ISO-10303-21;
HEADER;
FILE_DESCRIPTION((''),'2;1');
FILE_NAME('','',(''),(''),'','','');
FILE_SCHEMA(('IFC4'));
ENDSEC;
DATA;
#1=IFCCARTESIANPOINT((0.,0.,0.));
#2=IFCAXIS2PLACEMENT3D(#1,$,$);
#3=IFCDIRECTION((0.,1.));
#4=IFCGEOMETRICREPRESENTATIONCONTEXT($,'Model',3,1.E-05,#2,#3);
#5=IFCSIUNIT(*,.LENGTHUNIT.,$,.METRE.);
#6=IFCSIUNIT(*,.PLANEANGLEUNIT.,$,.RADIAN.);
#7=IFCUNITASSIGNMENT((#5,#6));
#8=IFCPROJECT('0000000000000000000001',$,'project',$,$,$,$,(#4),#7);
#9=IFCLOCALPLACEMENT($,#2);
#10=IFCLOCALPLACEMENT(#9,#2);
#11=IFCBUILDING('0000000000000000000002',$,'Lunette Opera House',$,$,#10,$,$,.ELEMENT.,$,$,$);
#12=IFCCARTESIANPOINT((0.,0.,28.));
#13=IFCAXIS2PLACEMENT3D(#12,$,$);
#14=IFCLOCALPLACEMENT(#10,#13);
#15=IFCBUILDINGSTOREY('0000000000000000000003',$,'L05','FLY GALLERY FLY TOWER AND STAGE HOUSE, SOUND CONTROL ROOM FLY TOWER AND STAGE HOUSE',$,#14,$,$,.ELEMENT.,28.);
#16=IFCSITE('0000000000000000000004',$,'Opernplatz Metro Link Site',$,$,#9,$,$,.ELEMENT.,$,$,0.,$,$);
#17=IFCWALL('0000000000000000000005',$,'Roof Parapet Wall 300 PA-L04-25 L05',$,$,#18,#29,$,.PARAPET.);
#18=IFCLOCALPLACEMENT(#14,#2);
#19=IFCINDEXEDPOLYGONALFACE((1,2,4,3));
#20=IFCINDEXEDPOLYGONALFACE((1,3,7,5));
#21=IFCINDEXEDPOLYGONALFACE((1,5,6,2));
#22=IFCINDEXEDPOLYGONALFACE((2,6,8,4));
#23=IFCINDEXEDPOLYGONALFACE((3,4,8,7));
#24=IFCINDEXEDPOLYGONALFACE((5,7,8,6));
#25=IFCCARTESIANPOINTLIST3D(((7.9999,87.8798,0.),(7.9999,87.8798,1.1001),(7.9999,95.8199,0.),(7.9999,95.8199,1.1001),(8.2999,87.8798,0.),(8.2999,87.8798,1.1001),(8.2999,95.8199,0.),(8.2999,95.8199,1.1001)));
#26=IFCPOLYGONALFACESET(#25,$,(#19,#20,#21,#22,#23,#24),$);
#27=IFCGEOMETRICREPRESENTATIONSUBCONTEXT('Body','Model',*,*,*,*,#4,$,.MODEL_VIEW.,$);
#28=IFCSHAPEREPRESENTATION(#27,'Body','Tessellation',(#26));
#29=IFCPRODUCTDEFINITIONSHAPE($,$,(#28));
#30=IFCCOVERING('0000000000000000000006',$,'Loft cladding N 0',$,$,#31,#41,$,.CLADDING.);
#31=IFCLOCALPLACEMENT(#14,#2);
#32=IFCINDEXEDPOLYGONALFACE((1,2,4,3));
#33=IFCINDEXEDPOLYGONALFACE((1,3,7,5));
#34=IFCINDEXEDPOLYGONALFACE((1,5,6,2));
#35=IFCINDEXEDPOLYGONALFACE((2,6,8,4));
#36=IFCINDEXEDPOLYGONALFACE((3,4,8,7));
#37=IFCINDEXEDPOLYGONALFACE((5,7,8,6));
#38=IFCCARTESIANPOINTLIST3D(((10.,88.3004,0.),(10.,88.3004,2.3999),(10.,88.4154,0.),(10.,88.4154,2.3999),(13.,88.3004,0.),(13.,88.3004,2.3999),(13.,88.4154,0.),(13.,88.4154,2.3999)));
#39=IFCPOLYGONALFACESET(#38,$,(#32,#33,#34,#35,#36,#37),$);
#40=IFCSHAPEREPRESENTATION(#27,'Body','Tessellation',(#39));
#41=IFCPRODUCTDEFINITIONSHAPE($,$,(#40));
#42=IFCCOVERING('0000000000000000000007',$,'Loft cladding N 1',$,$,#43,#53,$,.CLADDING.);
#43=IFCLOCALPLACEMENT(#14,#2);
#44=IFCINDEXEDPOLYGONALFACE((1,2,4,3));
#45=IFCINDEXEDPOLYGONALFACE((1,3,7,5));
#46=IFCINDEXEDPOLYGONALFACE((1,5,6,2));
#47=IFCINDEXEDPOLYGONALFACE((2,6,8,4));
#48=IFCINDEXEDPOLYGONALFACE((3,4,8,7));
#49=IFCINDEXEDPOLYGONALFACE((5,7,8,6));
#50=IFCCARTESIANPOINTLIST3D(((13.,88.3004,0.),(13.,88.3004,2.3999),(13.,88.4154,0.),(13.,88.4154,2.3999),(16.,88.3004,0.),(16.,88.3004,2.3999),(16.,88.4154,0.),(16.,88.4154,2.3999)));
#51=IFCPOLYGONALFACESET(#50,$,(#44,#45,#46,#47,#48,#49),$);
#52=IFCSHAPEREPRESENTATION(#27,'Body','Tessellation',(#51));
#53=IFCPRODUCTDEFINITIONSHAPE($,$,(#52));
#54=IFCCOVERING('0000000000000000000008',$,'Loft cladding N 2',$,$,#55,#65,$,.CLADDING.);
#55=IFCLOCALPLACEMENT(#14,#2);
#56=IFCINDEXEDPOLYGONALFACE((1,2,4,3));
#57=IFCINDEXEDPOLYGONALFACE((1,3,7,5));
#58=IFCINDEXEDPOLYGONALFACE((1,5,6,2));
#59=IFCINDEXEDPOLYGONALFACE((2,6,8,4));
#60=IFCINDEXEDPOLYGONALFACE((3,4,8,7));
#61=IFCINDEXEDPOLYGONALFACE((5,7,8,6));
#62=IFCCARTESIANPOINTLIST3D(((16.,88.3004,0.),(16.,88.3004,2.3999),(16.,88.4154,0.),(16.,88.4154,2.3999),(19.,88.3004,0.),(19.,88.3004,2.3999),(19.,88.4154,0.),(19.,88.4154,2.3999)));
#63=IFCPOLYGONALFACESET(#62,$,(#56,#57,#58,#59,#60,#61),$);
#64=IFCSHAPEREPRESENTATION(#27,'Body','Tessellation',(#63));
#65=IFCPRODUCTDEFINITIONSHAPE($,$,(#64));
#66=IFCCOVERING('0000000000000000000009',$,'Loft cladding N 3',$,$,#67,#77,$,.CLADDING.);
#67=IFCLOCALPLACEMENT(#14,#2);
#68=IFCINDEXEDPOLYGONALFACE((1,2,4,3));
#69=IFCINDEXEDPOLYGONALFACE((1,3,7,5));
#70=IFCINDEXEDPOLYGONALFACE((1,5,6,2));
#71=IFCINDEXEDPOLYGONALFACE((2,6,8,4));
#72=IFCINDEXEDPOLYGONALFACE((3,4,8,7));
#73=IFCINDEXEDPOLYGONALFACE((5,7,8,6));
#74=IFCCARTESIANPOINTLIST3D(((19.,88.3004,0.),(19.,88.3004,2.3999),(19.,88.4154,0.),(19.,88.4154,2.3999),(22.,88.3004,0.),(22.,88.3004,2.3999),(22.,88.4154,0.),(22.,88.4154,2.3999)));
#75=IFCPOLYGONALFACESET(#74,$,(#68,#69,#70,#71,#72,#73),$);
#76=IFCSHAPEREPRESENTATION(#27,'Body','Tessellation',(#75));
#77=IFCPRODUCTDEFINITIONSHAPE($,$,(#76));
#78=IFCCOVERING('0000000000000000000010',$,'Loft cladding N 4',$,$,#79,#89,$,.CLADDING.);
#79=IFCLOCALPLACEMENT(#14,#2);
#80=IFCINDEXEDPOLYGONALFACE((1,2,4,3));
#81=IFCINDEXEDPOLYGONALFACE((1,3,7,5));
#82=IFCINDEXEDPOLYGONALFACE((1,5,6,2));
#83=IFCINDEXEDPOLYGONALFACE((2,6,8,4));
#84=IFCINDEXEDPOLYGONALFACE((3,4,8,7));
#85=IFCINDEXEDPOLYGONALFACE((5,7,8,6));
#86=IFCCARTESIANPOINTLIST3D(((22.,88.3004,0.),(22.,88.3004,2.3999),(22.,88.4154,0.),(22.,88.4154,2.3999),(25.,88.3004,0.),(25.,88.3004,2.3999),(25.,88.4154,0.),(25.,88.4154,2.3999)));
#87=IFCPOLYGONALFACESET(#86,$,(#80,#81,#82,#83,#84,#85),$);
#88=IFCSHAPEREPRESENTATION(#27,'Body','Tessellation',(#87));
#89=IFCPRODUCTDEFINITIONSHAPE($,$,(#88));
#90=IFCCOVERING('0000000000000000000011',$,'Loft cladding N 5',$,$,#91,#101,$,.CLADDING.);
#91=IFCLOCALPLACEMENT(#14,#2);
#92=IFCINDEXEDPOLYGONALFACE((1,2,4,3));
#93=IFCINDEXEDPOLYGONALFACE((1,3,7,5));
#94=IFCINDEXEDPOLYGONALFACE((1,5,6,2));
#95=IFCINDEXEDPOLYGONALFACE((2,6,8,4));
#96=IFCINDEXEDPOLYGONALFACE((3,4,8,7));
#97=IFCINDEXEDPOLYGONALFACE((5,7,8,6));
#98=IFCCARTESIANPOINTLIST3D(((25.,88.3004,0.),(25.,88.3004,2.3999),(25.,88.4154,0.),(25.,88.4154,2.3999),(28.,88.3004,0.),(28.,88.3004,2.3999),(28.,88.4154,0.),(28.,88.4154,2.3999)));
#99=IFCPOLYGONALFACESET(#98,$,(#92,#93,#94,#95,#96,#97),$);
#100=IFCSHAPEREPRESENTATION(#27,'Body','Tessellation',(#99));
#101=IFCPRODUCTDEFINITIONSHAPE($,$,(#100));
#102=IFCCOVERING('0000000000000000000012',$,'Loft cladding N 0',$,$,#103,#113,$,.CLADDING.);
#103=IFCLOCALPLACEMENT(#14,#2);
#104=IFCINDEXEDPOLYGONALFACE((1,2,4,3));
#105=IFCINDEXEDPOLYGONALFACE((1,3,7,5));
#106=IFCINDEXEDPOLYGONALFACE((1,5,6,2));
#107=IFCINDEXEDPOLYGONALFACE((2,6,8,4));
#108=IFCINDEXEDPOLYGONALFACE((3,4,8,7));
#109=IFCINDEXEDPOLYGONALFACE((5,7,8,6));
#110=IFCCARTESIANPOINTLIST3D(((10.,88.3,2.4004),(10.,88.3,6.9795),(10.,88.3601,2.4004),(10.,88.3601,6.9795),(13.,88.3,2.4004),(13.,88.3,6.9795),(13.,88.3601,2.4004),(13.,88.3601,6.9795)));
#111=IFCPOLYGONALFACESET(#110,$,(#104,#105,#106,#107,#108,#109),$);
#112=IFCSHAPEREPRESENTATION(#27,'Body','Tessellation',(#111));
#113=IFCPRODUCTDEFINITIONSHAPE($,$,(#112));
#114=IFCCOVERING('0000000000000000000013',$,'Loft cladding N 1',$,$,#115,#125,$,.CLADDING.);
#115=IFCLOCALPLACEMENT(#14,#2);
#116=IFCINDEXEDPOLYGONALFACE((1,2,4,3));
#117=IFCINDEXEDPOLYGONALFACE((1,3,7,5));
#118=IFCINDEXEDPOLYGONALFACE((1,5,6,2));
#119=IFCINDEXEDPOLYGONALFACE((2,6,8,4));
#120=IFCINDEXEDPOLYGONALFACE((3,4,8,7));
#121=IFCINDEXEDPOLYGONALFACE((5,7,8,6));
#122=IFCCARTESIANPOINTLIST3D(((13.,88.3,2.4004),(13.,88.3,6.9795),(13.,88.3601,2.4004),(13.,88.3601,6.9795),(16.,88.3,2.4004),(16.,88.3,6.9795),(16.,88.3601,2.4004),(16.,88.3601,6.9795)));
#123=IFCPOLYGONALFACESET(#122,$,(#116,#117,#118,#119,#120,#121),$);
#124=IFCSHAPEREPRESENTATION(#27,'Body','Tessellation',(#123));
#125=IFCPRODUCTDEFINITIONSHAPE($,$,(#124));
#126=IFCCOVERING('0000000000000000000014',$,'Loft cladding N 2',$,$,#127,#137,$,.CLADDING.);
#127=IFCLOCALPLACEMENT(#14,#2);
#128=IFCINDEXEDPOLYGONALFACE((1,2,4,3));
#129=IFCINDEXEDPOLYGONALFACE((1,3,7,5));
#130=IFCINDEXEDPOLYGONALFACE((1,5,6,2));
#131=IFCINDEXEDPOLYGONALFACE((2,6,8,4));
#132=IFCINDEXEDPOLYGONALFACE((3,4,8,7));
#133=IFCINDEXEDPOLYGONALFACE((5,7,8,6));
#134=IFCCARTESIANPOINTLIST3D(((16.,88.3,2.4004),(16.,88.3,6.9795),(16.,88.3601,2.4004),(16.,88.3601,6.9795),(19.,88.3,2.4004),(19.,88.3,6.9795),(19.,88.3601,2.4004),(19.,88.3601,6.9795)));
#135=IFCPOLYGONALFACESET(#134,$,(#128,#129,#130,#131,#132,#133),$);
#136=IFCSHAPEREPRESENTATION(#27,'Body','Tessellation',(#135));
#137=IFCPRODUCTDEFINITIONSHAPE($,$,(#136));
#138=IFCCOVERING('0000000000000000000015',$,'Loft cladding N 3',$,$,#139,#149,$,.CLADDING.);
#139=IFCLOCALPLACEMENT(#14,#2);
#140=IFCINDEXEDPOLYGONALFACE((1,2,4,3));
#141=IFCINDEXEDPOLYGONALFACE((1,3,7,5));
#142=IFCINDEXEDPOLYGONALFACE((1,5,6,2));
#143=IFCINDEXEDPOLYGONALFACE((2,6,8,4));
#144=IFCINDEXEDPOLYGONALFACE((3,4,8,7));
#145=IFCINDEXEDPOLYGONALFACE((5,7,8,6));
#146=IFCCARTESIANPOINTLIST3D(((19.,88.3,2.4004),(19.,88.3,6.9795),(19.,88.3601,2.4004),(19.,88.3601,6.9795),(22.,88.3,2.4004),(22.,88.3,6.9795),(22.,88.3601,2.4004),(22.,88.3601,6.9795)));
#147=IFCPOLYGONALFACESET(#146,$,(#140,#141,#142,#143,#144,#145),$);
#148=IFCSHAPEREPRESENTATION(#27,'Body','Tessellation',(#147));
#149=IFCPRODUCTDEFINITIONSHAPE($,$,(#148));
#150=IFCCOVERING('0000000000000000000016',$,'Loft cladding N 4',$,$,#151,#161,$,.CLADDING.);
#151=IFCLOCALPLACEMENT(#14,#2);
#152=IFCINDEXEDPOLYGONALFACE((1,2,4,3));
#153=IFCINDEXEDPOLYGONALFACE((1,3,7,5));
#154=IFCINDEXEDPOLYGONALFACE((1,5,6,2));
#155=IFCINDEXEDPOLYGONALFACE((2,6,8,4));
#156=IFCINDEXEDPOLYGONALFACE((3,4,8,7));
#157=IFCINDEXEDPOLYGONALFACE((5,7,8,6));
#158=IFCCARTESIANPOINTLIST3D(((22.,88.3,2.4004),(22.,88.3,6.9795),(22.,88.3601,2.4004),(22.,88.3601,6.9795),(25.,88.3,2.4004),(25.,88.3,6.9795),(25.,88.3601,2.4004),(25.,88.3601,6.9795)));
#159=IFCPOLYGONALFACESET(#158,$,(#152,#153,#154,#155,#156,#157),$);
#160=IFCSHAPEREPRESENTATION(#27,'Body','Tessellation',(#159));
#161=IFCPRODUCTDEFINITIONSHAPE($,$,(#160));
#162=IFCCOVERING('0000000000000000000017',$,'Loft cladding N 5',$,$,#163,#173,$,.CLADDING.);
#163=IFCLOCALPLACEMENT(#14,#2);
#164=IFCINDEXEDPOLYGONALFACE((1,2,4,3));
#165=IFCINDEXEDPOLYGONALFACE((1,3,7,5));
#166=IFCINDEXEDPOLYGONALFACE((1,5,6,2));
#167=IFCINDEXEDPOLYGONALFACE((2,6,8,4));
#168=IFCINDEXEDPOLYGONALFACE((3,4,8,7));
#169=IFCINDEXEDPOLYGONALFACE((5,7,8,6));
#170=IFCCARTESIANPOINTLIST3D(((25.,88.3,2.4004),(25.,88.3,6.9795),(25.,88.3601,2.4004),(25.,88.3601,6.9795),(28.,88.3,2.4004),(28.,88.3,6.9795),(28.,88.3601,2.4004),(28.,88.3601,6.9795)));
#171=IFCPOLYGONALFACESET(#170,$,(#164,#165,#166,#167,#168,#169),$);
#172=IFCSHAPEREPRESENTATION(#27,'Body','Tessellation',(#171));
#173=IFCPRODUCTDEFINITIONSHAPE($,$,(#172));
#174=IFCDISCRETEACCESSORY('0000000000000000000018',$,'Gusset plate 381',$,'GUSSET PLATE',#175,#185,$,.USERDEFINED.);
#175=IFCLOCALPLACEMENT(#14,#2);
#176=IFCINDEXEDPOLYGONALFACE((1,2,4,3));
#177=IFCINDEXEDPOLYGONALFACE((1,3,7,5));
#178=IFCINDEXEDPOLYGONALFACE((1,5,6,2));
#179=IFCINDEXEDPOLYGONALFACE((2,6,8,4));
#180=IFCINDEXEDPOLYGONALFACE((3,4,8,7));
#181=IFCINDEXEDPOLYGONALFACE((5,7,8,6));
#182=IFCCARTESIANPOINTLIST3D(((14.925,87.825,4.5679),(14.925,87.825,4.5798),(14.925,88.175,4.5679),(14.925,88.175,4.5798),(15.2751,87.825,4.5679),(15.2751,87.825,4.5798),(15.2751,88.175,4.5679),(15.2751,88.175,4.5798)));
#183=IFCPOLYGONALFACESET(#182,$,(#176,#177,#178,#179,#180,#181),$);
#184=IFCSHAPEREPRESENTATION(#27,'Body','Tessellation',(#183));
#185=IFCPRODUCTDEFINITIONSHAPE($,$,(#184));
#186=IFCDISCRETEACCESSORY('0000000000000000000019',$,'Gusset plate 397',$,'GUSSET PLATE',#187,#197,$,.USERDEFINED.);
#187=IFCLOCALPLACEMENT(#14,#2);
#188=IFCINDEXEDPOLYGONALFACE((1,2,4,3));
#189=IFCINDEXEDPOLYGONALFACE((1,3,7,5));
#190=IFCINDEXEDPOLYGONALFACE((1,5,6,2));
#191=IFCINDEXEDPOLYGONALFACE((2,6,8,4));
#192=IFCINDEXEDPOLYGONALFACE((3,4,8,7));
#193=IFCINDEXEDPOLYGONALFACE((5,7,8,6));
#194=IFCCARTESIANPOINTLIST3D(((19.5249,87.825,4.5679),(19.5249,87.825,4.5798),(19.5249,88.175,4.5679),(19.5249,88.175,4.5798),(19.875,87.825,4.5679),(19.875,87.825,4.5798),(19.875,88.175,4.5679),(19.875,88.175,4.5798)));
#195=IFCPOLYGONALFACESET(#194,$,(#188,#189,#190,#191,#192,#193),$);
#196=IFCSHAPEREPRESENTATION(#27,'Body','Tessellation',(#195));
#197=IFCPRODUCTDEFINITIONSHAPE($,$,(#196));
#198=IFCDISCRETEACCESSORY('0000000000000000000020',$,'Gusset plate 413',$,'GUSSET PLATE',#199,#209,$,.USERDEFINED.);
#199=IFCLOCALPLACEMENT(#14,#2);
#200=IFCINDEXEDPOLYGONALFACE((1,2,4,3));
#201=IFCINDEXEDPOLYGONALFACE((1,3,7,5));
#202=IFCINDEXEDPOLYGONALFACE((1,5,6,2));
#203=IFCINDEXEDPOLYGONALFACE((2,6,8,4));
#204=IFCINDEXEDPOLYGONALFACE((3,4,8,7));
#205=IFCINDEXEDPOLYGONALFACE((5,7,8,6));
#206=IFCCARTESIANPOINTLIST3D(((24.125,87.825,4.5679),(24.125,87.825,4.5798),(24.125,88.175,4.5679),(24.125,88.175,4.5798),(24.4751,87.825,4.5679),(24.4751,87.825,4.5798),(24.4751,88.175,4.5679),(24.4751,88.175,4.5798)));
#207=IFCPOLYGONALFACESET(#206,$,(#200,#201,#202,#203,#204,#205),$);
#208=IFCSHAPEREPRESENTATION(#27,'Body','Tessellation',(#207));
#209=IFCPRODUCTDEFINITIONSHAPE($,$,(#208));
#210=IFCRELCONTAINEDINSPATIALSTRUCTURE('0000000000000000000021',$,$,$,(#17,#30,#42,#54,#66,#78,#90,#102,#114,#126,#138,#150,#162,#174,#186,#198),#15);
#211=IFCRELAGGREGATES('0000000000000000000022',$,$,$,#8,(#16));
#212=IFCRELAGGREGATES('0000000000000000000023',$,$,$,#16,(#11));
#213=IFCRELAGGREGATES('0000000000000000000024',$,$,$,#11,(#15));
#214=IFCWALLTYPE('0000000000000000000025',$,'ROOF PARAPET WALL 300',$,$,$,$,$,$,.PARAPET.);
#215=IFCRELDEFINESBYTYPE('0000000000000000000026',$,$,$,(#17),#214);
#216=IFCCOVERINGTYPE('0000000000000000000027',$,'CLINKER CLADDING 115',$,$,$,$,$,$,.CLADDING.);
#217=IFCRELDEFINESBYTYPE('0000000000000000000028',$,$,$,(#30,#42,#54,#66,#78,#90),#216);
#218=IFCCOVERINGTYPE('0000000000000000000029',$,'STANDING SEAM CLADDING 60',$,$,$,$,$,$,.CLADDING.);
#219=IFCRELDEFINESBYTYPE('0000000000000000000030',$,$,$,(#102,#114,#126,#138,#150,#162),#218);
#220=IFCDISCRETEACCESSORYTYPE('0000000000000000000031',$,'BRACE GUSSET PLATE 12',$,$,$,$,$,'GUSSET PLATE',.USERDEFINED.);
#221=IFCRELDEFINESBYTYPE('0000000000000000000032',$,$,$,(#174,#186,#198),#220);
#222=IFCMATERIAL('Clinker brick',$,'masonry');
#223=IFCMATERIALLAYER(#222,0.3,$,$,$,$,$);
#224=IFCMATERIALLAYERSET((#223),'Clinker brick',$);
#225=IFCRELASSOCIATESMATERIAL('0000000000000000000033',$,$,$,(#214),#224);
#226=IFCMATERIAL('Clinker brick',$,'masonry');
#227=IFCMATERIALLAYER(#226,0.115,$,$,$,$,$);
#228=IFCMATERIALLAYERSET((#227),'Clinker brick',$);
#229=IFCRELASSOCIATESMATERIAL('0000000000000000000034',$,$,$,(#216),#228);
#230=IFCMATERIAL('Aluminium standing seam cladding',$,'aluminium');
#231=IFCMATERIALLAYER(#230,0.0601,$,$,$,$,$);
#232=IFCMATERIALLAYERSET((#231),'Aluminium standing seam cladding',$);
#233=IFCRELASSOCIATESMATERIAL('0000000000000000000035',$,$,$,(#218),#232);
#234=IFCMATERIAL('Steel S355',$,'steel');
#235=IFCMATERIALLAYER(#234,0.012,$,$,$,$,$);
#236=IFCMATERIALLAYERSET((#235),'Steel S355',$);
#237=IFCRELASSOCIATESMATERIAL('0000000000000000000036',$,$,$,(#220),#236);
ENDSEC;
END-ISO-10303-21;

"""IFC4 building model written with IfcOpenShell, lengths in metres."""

from ifc_helpers import new_model, si_unit, direction, frame, frame_2d, origin, origin_2d, place, context, subcontext, project, spatial, rectangle, extrude, material, layer, layer_set, type_object, element, save


model = new_model("IFC4")

# Units and contexts
model_context = context("Model", 3, precision=1e-05, world=origin(), true_north=direction((0.0, 1.0)))
body_context = subcontext(model_context, "Body", "Model", "MODEL_VIEW")
ifc_project = project(units=[si_unit("LENGTHUNIT", "METRE"), si_unit("PLANEANGLEUNIT", "RADIAN")], contexts=[model_context])

# Site, building, storey
site_placement = place(None, origin())
site = spatial("IfcSite", under=ifc_project, at=site_placement, Name="Opernplatz Metro Link Site", CompositionType="ELEMENT", RefElevation=0.0)
building_placement = place(site_placement, origin())
building = spatial("IfcBuilding", under=site, at=building_placement, Name="Lunette Opera House", CompositionType="ELEMENT")
storey_placement = place(building_placement, frame((0.0, 0.0, 28.0)))
storey = spatial("IfcBuildingStorey", under=building, at=storey_placement, Name="L05", Description="FLY GALLERY FLY TOWER AND STAGE HOUSE, SOUND CONTROL ROOM FLY TOWER AND STAGE HOUSE", CompositionType="ELEMENT", Elevation=28.0)

# Wall
ifc_material_1 = material(Name="Clinker brick", Category="masonry")
ifc_layer_1 = layer(ifc_material_1, 0.3)
ifc_layer_set_1 = layer_set([ifc_layer_1], Name="Clinker brick")
wall_type_1 = type_object("IfcWallType", Name="ROOF PARAPET WALL 300", PredefinedType="PARAPET", material=ifc_layer_set_1)
wall_1_placement = place(storey_placement, frame((8.1499, 95.8201, 0.0), z_axis=(0.0, 0.0, 1.0), x_axis=(0.0, -1.0, 0.0)))
element("IfcWall", 1, at=wall_1_placement, inside=storey, type_object=wall_type_1, Name="Roof Parapet Wall 300 PA-L04-25 L05", PredefinedType="PARAPET", context=body_context, shape_type="SweptSolid", body=[
    extrude(rectangle(XDim=7.9402, YDim=0.3, at=frame_2d((3.9702, 0.0))), origin(), (0.0, 0.0, 1.0), 1.1001),
])

# Coverings
ifc_material_2 = material(Name="Clinker brick", Category="masonry")
ifc_layer_2 = layer(ifc_material_2, 0.115)
ifc_layer_set_2 = layer_set([ifc_layer_2], Name="Clinker brick")
covering_type_1 = type_object("IfcCoveringType", Name="CLINKER CLADDING 115", PredefinedType="CLADDING", material=ifc_layer_set_2)
for number, where, z_axis, x_axis, name in (
    (2, (11.5, 88.3579, 0.0), (0.0, 0.0, 1.0), (1.0, 0.0, 0.0), "Loft cladding N 0"),
    (3, (14.5, 88.3579, 0.0), (0.0, 0.0, 1.0), (1.0, 0.0, 0.0), "Loft cladding N 1"),
    (4, (17.5, 88.3579, 0.0), (0.0, 0.0, 1.0), (1.0, 0.0, 0.0), "Loft cladding N 2"),
    (5, (20.5, 88.3579, 0.0), (0.0, 0.0, 1.0), (1.0, 0.0, 0.0), "Loft cladding N 3"),
    (6, (23.5, 88.3579, 0.0), (0.0, 0.0, 1.0), (1.0, 0.0, 0.0), "Loft cladding N 4"),
    (7, (26.5, 88.3579, 0.0), (0.0, 0.0, 1.0), (1.0, 0.0, 0.0), "Loft cladding N 5"),
):
    element("IfcCovering", number, at=place(storey_placement, frame(where, z_axis=z_axis, x_axis=x_axis)), inside=storey, type_object=covering_type_1, Name=name, PredefinedType="CLADDING", context=body_context, shape_type="SweptSolid", body=[
        extrude(rectangle(XDim=3.0, YDim=0.115, at=origin_2d()), origin(), (0.0, 0.0, 1.0), 2.3999),
    ])
ifc_material_3 = material(Name="Aluminium standing seam cladding", Category="aluminium")
ifc_layer_3 = layer(ifc_material_3, 0.0601)
ifc_layer_set_3 = layer_set([ifc_layer_3], Name="Aluminium standing seam cladding")
covering_type_2 = type_object("IfcCoveringType", Name="STANDING SEAM CLADDING 60", PredefinedType="CLADDING", material=ifc_layer_set_3)
for number, where, z_axis, x_axis, name in (
    (8, (11.5, 88.3301, 2.4004), (0.0, 0.0, 1.0), (1.0, 0.0, 0.0), "Loft cladding N 0"),
    (9, (14.5, 88.3301, 2.4004), (0.0, 0.0, 1.0), (1.0, 0.0, 0.0), "Loft cladding N 1"),
    (10, (17.5, 88.3301, 2.4004), (0.0, 0.0, 1.0), (1.0, 0.0, 0.0), "Loft cladding N 2"),
    (11, (20.5, 88.3301, 2.4004), (0.0, 0.0, 1.0), (1.0, 0.0, 0.0), "Loft cladding N 3"),
    (12, (23.5, 88.3301, 2.4004), (0.0, 0.0, 1.0), (1.0, 0.0, 0.0), "Loft cladding N 4"),
    (13, (26.5, 88.3301, 2.4004), (0.0, 0.0, 1.0), (1.0, 0.0, 0.0), "Loft cladding N 5"),
):
    element("IfcCovering", number, at=place(storey_placement, frame(where, z_axis=z_axis, x_axis=x_axis)), inside=storey, type_object=covering_type_2, Name=name, PredefinedType="CLADDING", context=body_context, shape_type="SweptSolid", body=[
        extrude(rectangle(XDim=3.0, YDim=0.0601, at=origin_2d()), origin(), (0.0, 0.0, 1.0), 4.5791),
    ])

# Discrete accessories
ifc_material_4 = material(Name="Steel S355", Category="steel")
ifc_layer_4 = layer(ifc_material_4, 0.012)
ifc_layer_set_4 = layer_set([ifc_layer_4], Name="Steel S355")
discrete_accessory_type = type_object("IfcDiscreteAccessoryType", Name="BRACE GUSSET PLATE 12", ElementType="GUSSET PLATE", PredefinedType="USERDEFINED", material=ifc_layer_set_4)
for number, where, z_axis, x_axis, name in (
    (14, (15.1001, 88.0, 4.5679), (0.0, 0.0, 1.0), (0.0, 1.0, 0.0), "Gusset plate 381"),
    (15, (19.7, 88.0, 4.5679), (0.0, 0.0, 1.0), (0.0, 1.0, 0.0), "Gusset plate 397"),
    (16, (24.3, 88.0, 4.5679), (0.0, 0.0, 1.0), (0.0, 1.0, 0.0), "Gusset plate 413"),
):
    element("IfcDiscreteAccessory", number, at=place(storey_placement, frame(where, z_axis=z_axis, x_axis=x_axis)), inside=storey, type_object=discrete_accessory_type, Name=name, ObjectType="GUSSET PLATE", PredefinedType="USERDEFINED", context=body_context, shape_type="SweptSolid", body=[
        extrude(rectangle(XDim=0.3501, YDim=0.3501, at=origin_2d()), origin(), (0.0, 0.0, 1.0), 0.012),
    ])

save(model, "model.ifc")
